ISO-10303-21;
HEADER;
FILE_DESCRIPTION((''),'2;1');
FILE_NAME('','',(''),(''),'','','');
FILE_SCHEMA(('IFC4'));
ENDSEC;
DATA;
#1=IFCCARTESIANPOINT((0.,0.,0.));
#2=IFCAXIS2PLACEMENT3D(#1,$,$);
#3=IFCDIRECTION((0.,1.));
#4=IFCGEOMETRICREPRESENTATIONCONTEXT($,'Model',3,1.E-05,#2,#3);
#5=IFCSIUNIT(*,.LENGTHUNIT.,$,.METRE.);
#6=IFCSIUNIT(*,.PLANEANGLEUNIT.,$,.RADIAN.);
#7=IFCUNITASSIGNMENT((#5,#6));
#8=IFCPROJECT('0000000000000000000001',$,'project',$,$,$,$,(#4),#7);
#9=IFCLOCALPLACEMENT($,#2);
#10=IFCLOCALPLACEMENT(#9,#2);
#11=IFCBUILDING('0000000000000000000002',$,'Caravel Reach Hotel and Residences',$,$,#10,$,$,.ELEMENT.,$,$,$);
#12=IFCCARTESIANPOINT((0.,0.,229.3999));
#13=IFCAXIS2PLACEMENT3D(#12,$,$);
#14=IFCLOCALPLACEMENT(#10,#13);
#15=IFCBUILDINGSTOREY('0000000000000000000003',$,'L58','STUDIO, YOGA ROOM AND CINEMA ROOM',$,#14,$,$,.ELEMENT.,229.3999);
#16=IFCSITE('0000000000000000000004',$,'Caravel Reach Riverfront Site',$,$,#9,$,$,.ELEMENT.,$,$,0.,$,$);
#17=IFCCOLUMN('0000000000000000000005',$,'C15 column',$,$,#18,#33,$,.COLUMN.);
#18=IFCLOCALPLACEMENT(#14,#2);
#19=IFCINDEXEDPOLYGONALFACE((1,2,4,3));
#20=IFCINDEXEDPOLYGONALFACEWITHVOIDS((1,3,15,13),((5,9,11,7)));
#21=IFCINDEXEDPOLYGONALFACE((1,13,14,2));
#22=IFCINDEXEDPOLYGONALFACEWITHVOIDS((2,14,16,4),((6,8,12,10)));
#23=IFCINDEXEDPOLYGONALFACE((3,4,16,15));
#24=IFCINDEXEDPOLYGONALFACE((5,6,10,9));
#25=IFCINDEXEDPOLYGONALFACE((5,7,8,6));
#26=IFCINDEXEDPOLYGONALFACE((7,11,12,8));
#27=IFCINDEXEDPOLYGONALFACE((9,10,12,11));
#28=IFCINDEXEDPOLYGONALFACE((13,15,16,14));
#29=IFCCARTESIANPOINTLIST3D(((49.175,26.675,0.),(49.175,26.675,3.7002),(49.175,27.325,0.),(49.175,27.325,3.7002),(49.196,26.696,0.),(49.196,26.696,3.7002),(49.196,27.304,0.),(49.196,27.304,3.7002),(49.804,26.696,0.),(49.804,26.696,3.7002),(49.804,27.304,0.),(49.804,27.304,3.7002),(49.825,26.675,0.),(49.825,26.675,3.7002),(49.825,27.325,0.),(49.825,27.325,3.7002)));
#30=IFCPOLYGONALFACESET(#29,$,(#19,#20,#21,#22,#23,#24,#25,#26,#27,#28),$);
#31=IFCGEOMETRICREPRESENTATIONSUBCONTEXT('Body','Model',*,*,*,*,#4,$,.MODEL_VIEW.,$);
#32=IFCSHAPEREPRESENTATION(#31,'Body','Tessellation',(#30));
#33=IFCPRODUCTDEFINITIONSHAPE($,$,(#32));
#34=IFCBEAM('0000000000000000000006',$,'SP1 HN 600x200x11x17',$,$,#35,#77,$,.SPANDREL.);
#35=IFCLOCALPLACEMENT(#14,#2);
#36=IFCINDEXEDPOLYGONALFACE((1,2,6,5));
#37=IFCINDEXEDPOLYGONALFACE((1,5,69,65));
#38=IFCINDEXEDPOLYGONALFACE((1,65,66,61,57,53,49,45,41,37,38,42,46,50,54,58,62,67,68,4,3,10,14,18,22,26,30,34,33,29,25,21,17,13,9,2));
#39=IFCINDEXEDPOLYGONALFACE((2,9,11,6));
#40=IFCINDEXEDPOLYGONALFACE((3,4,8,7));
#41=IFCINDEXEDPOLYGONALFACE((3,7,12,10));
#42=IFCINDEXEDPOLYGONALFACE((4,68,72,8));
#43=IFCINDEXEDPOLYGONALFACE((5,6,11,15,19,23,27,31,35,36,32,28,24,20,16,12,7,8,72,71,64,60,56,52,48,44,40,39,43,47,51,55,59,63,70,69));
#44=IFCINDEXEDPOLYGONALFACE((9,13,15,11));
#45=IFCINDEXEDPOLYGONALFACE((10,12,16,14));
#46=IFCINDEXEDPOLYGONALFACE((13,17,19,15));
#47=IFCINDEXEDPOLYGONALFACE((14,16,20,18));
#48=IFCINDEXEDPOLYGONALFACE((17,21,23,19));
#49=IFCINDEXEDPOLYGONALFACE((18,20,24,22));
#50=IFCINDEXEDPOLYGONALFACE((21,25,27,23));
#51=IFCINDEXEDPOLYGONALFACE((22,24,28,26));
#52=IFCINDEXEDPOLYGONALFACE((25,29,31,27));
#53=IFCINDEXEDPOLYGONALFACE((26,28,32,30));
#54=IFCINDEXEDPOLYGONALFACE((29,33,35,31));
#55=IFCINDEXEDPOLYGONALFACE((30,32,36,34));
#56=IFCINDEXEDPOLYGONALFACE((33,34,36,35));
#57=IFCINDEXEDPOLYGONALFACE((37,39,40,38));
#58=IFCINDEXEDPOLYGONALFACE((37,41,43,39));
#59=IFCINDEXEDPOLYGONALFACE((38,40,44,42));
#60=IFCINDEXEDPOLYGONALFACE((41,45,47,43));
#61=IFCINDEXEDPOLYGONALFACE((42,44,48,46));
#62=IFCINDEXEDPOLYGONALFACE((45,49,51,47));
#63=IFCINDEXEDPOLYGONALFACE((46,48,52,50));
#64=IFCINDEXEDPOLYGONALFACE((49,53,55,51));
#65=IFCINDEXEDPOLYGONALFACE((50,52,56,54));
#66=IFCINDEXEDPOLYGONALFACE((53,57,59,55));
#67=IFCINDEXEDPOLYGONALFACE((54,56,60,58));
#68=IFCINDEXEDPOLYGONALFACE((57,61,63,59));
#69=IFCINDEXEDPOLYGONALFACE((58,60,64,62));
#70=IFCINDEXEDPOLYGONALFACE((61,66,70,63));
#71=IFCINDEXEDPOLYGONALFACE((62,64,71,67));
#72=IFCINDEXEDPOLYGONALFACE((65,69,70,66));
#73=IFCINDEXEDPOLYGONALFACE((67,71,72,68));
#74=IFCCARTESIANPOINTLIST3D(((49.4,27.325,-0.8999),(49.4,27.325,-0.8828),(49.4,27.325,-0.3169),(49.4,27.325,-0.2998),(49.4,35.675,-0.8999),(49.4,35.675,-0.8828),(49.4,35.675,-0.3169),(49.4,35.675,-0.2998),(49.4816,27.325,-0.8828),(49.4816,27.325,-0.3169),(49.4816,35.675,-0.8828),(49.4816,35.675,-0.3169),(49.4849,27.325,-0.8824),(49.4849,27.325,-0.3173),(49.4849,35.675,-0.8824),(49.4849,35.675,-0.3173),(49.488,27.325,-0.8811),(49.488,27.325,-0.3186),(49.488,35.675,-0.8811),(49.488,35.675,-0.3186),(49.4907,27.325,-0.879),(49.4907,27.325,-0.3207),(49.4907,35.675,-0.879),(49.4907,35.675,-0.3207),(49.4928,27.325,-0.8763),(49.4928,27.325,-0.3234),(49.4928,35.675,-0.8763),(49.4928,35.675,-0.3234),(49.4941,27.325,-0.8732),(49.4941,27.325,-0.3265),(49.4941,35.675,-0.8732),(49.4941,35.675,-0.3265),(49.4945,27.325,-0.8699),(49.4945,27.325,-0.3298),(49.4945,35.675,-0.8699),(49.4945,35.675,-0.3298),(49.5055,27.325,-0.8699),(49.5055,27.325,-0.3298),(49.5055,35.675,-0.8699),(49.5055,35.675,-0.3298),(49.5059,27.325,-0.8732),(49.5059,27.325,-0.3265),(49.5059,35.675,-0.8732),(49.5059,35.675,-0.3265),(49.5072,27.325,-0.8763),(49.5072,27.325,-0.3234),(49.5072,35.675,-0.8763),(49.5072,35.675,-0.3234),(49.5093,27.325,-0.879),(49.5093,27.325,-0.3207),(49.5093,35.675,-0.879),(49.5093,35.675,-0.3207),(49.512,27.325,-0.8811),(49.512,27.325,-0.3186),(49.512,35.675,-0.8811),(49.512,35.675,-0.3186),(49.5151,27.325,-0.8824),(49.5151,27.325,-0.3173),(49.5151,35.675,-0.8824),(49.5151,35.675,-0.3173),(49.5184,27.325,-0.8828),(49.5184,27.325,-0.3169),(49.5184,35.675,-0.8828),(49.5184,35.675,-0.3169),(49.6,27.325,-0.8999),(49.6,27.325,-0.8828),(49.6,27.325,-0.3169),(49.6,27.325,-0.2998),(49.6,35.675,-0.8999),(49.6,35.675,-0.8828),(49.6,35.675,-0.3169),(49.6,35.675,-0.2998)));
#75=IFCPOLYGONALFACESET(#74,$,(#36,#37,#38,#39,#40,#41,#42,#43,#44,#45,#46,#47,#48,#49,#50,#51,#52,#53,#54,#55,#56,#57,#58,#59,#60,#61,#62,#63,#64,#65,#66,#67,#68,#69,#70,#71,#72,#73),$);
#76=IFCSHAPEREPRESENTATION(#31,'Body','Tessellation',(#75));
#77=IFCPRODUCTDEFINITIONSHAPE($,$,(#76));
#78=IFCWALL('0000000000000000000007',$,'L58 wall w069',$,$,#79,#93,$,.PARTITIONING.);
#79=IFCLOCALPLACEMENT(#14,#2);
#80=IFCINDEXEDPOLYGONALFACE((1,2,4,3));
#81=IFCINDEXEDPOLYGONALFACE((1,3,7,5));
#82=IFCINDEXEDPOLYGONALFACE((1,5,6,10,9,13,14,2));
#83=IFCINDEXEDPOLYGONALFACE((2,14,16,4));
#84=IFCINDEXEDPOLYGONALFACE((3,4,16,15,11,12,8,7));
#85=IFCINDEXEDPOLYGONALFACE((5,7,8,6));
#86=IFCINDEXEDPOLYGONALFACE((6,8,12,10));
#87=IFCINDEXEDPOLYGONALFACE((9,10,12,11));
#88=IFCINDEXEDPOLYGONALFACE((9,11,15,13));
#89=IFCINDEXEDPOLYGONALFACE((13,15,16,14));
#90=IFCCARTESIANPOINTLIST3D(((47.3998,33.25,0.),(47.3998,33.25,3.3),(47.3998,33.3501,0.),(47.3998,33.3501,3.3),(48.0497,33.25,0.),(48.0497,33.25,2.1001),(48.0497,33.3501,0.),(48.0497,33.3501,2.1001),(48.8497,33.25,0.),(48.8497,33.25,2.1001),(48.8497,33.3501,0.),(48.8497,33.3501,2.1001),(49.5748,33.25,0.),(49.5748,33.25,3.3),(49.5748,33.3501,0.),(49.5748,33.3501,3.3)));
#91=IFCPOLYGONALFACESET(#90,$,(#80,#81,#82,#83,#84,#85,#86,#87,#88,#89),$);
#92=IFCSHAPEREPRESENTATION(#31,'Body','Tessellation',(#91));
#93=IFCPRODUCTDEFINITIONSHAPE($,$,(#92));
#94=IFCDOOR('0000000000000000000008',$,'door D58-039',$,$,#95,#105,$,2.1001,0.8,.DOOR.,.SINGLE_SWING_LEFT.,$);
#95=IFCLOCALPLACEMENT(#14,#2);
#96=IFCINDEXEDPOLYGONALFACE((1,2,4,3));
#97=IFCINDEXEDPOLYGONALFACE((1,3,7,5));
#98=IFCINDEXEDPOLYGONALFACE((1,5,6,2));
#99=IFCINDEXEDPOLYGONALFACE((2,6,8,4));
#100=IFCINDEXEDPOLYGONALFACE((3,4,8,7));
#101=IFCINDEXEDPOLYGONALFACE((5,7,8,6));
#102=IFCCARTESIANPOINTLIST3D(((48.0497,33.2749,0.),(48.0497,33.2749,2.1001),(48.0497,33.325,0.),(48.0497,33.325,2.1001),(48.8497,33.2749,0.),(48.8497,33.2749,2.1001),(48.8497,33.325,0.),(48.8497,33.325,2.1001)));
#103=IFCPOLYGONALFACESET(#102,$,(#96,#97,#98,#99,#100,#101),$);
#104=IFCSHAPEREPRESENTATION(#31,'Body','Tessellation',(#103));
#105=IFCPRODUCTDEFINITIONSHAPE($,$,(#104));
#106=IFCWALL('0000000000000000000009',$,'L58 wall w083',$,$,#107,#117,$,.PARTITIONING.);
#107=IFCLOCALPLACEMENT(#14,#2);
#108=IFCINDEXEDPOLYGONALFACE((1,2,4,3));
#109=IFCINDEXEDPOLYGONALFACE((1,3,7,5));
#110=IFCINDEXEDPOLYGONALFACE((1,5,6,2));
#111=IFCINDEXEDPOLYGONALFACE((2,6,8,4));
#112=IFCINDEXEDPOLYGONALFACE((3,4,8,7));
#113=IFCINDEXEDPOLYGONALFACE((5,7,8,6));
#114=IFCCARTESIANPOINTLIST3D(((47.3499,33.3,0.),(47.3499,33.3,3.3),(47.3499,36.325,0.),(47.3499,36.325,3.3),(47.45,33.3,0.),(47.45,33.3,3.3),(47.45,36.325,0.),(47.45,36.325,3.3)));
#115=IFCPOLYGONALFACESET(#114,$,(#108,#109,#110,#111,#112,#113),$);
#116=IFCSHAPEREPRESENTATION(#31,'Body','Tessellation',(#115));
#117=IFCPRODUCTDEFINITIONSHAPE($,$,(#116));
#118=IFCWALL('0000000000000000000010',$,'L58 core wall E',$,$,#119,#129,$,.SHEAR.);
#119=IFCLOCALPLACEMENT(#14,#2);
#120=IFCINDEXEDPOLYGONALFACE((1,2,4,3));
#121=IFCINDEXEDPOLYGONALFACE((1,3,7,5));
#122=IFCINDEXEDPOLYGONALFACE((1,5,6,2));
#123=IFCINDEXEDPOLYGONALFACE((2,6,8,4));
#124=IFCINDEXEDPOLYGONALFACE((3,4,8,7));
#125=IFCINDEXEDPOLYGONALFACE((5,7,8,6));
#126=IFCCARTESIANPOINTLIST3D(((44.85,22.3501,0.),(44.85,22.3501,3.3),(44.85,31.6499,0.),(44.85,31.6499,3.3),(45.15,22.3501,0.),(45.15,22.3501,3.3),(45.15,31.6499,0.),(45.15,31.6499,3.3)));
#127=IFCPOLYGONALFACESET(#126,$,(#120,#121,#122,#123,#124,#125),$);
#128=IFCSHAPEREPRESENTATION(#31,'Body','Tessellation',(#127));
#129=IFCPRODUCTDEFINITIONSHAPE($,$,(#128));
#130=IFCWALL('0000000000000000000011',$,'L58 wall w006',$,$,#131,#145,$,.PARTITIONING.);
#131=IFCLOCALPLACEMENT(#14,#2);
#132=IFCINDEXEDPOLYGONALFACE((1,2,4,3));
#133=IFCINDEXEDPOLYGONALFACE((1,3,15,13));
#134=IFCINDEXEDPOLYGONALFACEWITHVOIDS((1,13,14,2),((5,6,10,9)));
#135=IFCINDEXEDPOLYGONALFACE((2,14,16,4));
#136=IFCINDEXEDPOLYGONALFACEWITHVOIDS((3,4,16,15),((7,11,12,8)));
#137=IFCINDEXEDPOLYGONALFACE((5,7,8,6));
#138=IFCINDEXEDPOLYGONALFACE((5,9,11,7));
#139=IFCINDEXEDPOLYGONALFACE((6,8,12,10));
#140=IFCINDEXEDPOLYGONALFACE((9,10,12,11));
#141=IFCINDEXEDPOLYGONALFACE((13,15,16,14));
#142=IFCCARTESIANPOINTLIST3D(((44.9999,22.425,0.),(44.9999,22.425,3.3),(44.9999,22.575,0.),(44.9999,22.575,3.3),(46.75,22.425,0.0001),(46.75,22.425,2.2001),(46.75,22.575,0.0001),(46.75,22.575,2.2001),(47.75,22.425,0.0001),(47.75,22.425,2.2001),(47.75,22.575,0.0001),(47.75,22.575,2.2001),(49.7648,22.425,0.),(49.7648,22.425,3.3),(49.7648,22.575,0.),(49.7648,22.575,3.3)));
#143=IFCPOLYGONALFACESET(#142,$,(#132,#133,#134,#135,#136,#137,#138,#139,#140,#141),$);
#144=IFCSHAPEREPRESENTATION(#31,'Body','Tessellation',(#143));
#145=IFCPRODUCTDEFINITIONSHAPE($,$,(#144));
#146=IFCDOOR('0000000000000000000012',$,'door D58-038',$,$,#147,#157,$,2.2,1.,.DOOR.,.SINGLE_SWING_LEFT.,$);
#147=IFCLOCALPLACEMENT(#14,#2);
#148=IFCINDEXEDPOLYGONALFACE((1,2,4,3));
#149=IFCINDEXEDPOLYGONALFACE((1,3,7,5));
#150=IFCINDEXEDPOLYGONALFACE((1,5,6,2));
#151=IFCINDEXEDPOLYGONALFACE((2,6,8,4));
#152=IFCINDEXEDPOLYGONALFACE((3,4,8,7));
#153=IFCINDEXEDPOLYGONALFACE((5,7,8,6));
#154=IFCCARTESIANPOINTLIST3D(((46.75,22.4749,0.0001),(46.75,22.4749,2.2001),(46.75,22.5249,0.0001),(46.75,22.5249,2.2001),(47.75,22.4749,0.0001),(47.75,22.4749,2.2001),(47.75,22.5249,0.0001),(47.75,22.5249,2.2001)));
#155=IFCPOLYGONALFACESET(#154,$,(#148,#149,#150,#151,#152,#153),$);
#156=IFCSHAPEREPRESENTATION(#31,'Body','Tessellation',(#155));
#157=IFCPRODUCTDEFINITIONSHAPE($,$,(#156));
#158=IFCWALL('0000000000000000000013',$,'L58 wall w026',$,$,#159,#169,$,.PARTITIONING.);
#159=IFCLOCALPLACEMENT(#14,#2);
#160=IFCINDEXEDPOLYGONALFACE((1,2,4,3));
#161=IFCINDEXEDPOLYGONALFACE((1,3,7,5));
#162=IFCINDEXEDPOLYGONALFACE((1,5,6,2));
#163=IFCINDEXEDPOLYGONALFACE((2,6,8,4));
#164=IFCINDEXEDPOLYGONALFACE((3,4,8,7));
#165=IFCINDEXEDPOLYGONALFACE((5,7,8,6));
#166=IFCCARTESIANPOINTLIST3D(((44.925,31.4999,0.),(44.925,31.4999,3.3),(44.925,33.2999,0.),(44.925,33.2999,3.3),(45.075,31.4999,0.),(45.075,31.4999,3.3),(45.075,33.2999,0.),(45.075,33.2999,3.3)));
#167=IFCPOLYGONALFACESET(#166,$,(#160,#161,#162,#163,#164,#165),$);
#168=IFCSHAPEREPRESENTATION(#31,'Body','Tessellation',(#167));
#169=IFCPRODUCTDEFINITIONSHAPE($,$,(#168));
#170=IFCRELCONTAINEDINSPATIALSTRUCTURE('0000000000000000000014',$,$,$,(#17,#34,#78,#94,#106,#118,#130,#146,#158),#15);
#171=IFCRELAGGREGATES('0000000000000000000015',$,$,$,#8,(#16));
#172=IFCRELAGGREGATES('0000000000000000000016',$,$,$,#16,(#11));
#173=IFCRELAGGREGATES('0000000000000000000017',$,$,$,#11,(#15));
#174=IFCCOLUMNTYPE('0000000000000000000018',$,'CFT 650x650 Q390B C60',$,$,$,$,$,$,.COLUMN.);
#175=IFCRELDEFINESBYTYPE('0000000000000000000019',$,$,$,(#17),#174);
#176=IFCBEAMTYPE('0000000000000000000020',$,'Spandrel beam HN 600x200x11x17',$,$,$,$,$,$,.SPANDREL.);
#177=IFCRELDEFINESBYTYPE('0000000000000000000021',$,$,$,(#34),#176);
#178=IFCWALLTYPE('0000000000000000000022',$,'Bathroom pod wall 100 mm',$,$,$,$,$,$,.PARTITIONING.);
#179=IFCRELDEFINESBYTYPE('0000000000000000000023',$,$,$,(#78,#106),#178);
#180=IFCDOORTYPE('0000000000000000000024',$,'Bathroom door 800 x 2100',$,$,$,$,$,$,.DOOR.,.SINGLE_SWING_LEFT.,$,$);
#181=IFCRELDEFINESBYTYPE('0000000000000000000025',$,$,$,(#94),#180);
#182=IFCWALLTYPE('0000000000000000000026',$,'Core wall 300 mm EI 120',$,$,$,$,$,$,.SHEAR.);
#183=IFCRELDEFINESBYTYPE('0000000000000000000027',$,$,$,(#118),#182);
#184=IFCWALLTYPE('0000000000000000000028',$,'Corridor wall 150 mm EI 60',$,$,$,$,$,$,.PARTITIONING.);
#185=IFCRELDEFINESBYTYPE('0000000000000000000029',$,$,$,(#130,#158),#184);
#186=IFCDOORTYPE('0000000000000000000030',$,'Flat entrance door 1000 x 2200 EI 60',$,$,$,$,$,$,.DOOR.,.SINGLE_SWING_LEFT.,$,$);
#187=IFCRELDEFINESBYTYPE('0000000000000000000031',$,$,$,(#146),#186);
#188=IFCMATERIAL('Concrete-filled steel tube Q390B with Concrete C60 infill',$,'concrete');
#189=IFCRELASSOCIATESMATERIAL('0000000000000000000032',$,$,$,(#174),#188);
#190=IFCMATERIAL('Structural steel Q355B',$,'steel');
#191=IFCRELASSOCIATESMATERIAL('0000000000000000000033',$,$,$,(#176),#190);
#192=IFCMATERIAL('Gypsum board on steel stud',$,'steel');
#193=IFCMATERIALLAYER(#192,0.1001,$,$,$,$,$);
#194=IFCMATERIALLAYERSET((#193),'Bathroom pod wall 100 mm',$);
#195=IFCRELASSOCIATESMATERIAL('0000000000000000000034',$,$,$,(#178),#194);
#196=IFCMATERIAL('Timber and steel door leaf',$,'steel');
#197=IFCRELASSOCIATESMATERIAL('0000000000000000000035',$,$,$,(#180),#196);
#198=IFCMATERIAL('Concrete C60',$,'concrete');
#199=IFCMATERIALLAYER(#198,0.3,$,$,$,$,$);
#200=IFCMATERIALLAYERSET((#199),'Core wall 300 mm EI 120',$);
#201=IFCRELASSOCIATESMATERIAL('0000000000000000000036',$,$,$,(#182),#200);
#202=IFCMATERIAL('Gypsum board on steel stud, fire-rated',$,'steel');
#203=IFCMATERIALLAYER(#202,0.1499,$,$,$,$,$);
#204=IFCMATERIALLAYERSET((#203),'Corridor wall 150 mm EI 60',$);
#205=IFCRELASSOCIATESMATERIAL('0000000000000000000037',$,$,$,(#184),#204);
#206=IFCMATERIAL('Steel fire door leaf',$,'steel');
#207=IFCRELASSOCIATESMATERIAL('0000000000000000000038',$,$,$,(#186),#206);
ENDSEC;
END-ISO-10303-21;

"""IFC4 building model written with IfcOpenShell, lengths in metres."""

from ifc_helpers import new_model, si_unit, direction, frame, frame_2d, origin, origin_2d, place, context, subcontext, project, spatial, rectangle, hollow_rectangle, i_section, extrude, material, layer, layer_set, material_profile, profile_set, type_object, element, fill, save


model = new_model("IFC4")

# Units and contexts
model_context = context("Model", 3, precision=1e-05, world=origin(), true_north=direction((0.0, 1.0)))
body_context = subcontext(model_context, "Body", "Model", "MODEL_VIEW")
ifc_project = project(units=[si_unit("LENGTHUNIT", "METRE"), si_unit("PLANEANGLEUNIT", "RADIAN")], contexts=[model_context])

# Site, building, storey
site_placement = place(None, origin())
site = spatial("IfcSite", under=ifc_project, at=site_placement, Name="Caravel Reach Riverfront Site", CompositionType="ELEMENT", RefElevation=0.0)
building_placement = place(site_placement, origin())
building = spatial("IfcBuilding", under=site, at=building_placement, Name="Caravel Reach Hotel and Residences", CompositionType="ELEMENT")
storey_placement = place(building_placement, frame((0.0, 0.0, 229.3999)))
storey = spatial("IfcBuildingStorey", under=building, at=storey_placement, Name="L58", Description="STUDIO, YOGA ROOM AND CINEMA ROOM", CompositionType="ELEMENT", Elevation=229.3999)

# Column
ifc_material_1 = material(Name="Concrete-filled steel tube Q390B with Concrete C60 infill", Category="concrete")
ifc_material_profile_1 = material_profile(ifc_material_1, hollow_rectangle(XDim=0.6499, YDim=0.6499, WallThickness=0.021, at=origin_2d()), Name="RHS 650x650x21")
ifc_profile_set_1 = profile_set([ifc_material_profile_1], Name="Concrete-filled steel tube Q390B with Concrete C60 infill")
column_type = type_object("IfcColumnType", Name="CFT 650x650 Q390B C60", PredefinedType="COLUMN", material=ifc_profile_set_1)
column_placement = place(storey_placement, frame((49.5, 27.0, 0.0), z_axis=(0.0, 0.0, 1.0), x_axis=(1.0, 0.0, 0.0)))
element("IfcColumn", 1, at=column_placement, inside=storey, type_object=column_type, Name="C15 column", PredefinedType="COLUMN", context=body_context, shape_type="SweptSolid", body=[
    extrude(hollow_rectangle(XDim=0.6499, YDim=0.6499, WallThickness=0.021, at=origin_2d()), origin(), (0.0, 0.0, 1.0), 3.7002),
])

# Beam
ifc_material_2 = material(Name="Structural steel Q355B", Category="steel")
ifc_material_profile_2 = material_profile(ifc_material_2, i_section(OverallWidth=0.2, OverallDepth=0.6001, WebThickness=0.011, FlangeThickness=0.0171, FilletRadius=0.0129, at=origin_2d()), Name="HN 600x200x11x17")
ifc_profile_set_2 = profile_set([ifc_material_profile_2], Name="Structural steel Q355B")
beam_type = type_object("IfcBeamType", Name="Spandrel beam HN 600x200x11x17", PredefinedType="SPANDREL", material=ifc_profile_set_2)
beam_placement = place(storey_placement, frame((49.5, 27.325, -0.5999), z_axis=(0.0, 1.0, 0.0), x_axis=(-1.0, 0.0, 0.0)))
element("IfcBeam", 2, at=beam_placement, inside=storey, type_object=beam_type, Name="SP1 HN 600x200x11x17", PredefinedType="SPANDREL", context=body_context, shape_type="SweptSolid", body=[
    extrude(i_section(OverallWidth=0.2, OverallDepth=0.6001, WebThickness=0.011, FlangeThickness=0.0171, FilletRadius=0.0129, at=origin_2d()), origin(), (0.0, 0.0, 1.0), 8.3501),
])

# Wall, opening, door
ifc_material_3 = material(Name="Gypsum board on steel stud", Category="steel")
ifc_layer_1 = layer(ifc_material_3, 0.1001)
ifc_layer_set_1 = layer_set([ifc_layer_1], Name="Bathroom pod wall 100 mm")
wall_type_1 = type_object("IfcWallType", Name="Bathroom pod wall 100 mm", PredefinedType="PARTITIONING", material=ifc_layer_set_1)
wall_1_placement = place(storey_placement, frame((47.3999, 33.3, 0.0), z_axis=(0.0, 0.0, 1.0), x_axis=(1.0, 0.0, 0.0)))
wall_1 = element("IfcWall", 3, at=wall_1_placement, inside=storey, type_object=wall_type_1, Name="L58 wall w069", PredefinedType="PARTITIONING", context=body_context, shape_type="SweptSolid", body=[
    extrude(rectangle(XDim=2.175, YDim=0.1001, at=frame_2d((1.0874, 0.0))), origin(), (0.0, 0.0, 1.0), 3.3),
])
opening_1_placement = place(wall_1_placement, frame((0.6499, 0.0, 0.0)))
opening_1 = element("IfcOpeningElement", 4, at=opening_1_placement, cuts=wall_1, PredefinedType="OPENING", context=body_context, shape_type="SweptSolid", body=[
    extrude(rectangle(XDim=0.8, YDim=2.1001, at=frame_2d((0.3999, 1.05))), frame((0.0, 0.0601, 0.0), z_axis=(0.0, -1.0, 0.0), x_axis=(1.0, 0.0, 0.0)), (0.0, 0.0, 1.0), 0.1201),
])
ifc_material_4 = material(Name="Timber and steel door leaf", Category="steel")
door_type_1 = type_object("IfcDoorType", Name="Bathroom door 800 x 2100", OperationType="SINGLE_SWING_LEFT", PredefinedType="DOOR", material=ifc_material_4)
door_1_placement = place(opening_1_placement, origin())
door_1 = element("IfcDoor", 5, at=door_1_placement, inside=storey, type_object=door_type_1, Name="door D58-039", OperationType="SINGLE_SWING_LEFT", OverallHeight=2.1001, OverallWidth=0.8, PredefinedType="DOOR", context=body_context, shape_type="SweptSolid", body=[
    extrude(rectangle(XDim=0.8, YDim=2.1001, at=frame_2d((0.3999, 1.05))), frame((0.0, 0.0249, 0.0), z_axis=(0.0, -1.0, 0.0), x_axis=(1.0, 0.0, 0.0)), (0.0, 0.0, 1.0), 0.05),
])
fill(opening_1, door_1)

# Walls
wall_2_placement = place(storey_placement, frame((47.3999, 33.3, 0.0), z_axis=(0.0, 0.0, 1.0), x_axis=(0.0, 1.0, 0.0)))
element("IfcWall", 6, at=wall_2_placement, inside=storey, type_object=wall_type_1, Name="L58 wall w083", PredefinedType="PARTITIONING", context=body_context, shape_type="SweptSolid", body=[
    extrude(rectangle(XDim=3.0249, YDim=0.1001, at=frame_2d((1.5125, 0.0))), origin(), (0.0, 0.0, 1.0), 3.3),
])
ifc_material_5 = material(Name="Concrete C60", Category="concrete")
ifc_layer_2 = layer(ifc_material_5, 0.3)
ifc_layer_set_2 = layer_set([ifc_layer_2], Name="Core wall 300 mm EI 120")
wall_type_2 = type_object("IfcWallType", Name="Core wall 300 mm EI 120", PredefinedType="SHEAR", material=ifc_layer_set_2)
wall_3_placement = place(storey_placement, frame((45.0, 22.3501, 0.0), z_axis=(0.0, 0.0, 1.0), x_axis=(0.0, 1.0, 0.0)))
element("IfcWall", 7, at=wall_3_placement, inside=storey, type_object=wall_type_2, Name="L58 core wall E", PredefinedType="SHEAR", context=body_context, shape_type="SweptSolid", body=[
    extrude(rectangle(XDim=9.2998, YDim=0.3, at=frame_2d((4.6499, 0.0))), origin(), (0.0, 0.0, 1.0), 3.3),
])

# Wall, opening, door
ifc_material_6 = material(Name="Gypsum board on steel stud, fire-rated", Category="steel")
ifc_layer_3 = layer(ifc_material_6, 0.1499)
ifc_layer_set_3 = layer_set([ifc_layer_3], Name="Corridor wall 150 mm EI 60")
wall_type_3 = type_object("IfcWallType", Name="Corridor wall 150 mm EI 60", PredefinedType="PARTITIONING", material=ifc_layer_set_3)
wall_4_placement = place(storey_placement, frame((45.0, 22.5, 0.0), z_axis=(0.0, 0.0, 1.0), x_axis=(1.0, 0.0, 0.0)))
wall_4 = element("IfcWall", 8, at=wall_4_placement, inside=storey, type_object=wall_type_3, Name="L58 wall w006", PredefinedType="PARTITIONING", context=body_context, shape_type="SweptSolid", body=[
    extrude(rectangle(XDim=4.7649, YDim=0.1499, at=frame_2d((2.3823, 0.0))), origin(), (0.0, 0.0, 1.0), 3.3),
])
opening_2_placement = place(wall_4_placement, frame((1.75, 0.0, 0.0)))
opening_2 = element("IfcOpeningElement", 9, at=opening_2_placement, cuts=wall_4, PredefinedType="OPENING", context=body_context, shape_type="SweptSolid", body=[
    extrude(rectangle(XDim=1.0, YDim=2.2, at=frame_2d((0.5, 1.1001))), frame((0.0, 0.085, 0.0), z_axis=(0.0, -1.0, 0.0), x_axis=(1.0, 0.0, 0.0)), (0.0, 0.0, 1.0), 0.1699),
])
ifc_material_7 = material(Name="Steel fire door leaf", Category="steel")
door_type_2 = type_object("IfcDoorType", Name="Flat entrance door 1000 x 2200 EI 60", OperationType="SINGLE_SWING_LEFT", PredefinedType="DOOR", material=ifc_material_7)
door_2_placement = place(opening_2_placement, origin())
door_2 = element("IfcDoor", 10, at=door_2_placement, inside=storey, type_object=door_type_2, Name="door D58-038", OperationType="SINGLE_SWING_LEFT", OverallHeight=2.2, OverallWidth=1.0, PredefinedType="DOOR", context=body_context, shape_type="SweptSolid", body=[
    extrude(rectangle(XDim=1.0, YDim=2.2, at=frame_2d((0.5, 1.1001))), frame((0.0, 0.0249, 0.0), z_axis=(0.0, -1.0, 0.0), x_axis=(1.0, 0.0, 0.0)), (0.0, 0.0, 1.0), 0.05),
])
fill(opening_2, door_2)

# Wall
wall_5_placement = place(storey_placement, frame((45.0, 31.5, 0.0), z_axis=(0.0, 0.0, 1.0), x_axis=(0.0, 1.0, 0.0)))
element("IfcWall", 11, at=wall_5_placement, inside=storey, type_object=wall_type_3, Name="L58 wall w026", PredefinedType="PARTITIONING", context=body_context, shape_type="SweptSolid", body=[
    extrude(rectangle(XDim=1.8, YDim=0.1499, at=frame_2d((0.8999, 0.0))), origin(), (0.0, 0.0, 1.0), 3.3),
])

save(model, "model.ifc")
